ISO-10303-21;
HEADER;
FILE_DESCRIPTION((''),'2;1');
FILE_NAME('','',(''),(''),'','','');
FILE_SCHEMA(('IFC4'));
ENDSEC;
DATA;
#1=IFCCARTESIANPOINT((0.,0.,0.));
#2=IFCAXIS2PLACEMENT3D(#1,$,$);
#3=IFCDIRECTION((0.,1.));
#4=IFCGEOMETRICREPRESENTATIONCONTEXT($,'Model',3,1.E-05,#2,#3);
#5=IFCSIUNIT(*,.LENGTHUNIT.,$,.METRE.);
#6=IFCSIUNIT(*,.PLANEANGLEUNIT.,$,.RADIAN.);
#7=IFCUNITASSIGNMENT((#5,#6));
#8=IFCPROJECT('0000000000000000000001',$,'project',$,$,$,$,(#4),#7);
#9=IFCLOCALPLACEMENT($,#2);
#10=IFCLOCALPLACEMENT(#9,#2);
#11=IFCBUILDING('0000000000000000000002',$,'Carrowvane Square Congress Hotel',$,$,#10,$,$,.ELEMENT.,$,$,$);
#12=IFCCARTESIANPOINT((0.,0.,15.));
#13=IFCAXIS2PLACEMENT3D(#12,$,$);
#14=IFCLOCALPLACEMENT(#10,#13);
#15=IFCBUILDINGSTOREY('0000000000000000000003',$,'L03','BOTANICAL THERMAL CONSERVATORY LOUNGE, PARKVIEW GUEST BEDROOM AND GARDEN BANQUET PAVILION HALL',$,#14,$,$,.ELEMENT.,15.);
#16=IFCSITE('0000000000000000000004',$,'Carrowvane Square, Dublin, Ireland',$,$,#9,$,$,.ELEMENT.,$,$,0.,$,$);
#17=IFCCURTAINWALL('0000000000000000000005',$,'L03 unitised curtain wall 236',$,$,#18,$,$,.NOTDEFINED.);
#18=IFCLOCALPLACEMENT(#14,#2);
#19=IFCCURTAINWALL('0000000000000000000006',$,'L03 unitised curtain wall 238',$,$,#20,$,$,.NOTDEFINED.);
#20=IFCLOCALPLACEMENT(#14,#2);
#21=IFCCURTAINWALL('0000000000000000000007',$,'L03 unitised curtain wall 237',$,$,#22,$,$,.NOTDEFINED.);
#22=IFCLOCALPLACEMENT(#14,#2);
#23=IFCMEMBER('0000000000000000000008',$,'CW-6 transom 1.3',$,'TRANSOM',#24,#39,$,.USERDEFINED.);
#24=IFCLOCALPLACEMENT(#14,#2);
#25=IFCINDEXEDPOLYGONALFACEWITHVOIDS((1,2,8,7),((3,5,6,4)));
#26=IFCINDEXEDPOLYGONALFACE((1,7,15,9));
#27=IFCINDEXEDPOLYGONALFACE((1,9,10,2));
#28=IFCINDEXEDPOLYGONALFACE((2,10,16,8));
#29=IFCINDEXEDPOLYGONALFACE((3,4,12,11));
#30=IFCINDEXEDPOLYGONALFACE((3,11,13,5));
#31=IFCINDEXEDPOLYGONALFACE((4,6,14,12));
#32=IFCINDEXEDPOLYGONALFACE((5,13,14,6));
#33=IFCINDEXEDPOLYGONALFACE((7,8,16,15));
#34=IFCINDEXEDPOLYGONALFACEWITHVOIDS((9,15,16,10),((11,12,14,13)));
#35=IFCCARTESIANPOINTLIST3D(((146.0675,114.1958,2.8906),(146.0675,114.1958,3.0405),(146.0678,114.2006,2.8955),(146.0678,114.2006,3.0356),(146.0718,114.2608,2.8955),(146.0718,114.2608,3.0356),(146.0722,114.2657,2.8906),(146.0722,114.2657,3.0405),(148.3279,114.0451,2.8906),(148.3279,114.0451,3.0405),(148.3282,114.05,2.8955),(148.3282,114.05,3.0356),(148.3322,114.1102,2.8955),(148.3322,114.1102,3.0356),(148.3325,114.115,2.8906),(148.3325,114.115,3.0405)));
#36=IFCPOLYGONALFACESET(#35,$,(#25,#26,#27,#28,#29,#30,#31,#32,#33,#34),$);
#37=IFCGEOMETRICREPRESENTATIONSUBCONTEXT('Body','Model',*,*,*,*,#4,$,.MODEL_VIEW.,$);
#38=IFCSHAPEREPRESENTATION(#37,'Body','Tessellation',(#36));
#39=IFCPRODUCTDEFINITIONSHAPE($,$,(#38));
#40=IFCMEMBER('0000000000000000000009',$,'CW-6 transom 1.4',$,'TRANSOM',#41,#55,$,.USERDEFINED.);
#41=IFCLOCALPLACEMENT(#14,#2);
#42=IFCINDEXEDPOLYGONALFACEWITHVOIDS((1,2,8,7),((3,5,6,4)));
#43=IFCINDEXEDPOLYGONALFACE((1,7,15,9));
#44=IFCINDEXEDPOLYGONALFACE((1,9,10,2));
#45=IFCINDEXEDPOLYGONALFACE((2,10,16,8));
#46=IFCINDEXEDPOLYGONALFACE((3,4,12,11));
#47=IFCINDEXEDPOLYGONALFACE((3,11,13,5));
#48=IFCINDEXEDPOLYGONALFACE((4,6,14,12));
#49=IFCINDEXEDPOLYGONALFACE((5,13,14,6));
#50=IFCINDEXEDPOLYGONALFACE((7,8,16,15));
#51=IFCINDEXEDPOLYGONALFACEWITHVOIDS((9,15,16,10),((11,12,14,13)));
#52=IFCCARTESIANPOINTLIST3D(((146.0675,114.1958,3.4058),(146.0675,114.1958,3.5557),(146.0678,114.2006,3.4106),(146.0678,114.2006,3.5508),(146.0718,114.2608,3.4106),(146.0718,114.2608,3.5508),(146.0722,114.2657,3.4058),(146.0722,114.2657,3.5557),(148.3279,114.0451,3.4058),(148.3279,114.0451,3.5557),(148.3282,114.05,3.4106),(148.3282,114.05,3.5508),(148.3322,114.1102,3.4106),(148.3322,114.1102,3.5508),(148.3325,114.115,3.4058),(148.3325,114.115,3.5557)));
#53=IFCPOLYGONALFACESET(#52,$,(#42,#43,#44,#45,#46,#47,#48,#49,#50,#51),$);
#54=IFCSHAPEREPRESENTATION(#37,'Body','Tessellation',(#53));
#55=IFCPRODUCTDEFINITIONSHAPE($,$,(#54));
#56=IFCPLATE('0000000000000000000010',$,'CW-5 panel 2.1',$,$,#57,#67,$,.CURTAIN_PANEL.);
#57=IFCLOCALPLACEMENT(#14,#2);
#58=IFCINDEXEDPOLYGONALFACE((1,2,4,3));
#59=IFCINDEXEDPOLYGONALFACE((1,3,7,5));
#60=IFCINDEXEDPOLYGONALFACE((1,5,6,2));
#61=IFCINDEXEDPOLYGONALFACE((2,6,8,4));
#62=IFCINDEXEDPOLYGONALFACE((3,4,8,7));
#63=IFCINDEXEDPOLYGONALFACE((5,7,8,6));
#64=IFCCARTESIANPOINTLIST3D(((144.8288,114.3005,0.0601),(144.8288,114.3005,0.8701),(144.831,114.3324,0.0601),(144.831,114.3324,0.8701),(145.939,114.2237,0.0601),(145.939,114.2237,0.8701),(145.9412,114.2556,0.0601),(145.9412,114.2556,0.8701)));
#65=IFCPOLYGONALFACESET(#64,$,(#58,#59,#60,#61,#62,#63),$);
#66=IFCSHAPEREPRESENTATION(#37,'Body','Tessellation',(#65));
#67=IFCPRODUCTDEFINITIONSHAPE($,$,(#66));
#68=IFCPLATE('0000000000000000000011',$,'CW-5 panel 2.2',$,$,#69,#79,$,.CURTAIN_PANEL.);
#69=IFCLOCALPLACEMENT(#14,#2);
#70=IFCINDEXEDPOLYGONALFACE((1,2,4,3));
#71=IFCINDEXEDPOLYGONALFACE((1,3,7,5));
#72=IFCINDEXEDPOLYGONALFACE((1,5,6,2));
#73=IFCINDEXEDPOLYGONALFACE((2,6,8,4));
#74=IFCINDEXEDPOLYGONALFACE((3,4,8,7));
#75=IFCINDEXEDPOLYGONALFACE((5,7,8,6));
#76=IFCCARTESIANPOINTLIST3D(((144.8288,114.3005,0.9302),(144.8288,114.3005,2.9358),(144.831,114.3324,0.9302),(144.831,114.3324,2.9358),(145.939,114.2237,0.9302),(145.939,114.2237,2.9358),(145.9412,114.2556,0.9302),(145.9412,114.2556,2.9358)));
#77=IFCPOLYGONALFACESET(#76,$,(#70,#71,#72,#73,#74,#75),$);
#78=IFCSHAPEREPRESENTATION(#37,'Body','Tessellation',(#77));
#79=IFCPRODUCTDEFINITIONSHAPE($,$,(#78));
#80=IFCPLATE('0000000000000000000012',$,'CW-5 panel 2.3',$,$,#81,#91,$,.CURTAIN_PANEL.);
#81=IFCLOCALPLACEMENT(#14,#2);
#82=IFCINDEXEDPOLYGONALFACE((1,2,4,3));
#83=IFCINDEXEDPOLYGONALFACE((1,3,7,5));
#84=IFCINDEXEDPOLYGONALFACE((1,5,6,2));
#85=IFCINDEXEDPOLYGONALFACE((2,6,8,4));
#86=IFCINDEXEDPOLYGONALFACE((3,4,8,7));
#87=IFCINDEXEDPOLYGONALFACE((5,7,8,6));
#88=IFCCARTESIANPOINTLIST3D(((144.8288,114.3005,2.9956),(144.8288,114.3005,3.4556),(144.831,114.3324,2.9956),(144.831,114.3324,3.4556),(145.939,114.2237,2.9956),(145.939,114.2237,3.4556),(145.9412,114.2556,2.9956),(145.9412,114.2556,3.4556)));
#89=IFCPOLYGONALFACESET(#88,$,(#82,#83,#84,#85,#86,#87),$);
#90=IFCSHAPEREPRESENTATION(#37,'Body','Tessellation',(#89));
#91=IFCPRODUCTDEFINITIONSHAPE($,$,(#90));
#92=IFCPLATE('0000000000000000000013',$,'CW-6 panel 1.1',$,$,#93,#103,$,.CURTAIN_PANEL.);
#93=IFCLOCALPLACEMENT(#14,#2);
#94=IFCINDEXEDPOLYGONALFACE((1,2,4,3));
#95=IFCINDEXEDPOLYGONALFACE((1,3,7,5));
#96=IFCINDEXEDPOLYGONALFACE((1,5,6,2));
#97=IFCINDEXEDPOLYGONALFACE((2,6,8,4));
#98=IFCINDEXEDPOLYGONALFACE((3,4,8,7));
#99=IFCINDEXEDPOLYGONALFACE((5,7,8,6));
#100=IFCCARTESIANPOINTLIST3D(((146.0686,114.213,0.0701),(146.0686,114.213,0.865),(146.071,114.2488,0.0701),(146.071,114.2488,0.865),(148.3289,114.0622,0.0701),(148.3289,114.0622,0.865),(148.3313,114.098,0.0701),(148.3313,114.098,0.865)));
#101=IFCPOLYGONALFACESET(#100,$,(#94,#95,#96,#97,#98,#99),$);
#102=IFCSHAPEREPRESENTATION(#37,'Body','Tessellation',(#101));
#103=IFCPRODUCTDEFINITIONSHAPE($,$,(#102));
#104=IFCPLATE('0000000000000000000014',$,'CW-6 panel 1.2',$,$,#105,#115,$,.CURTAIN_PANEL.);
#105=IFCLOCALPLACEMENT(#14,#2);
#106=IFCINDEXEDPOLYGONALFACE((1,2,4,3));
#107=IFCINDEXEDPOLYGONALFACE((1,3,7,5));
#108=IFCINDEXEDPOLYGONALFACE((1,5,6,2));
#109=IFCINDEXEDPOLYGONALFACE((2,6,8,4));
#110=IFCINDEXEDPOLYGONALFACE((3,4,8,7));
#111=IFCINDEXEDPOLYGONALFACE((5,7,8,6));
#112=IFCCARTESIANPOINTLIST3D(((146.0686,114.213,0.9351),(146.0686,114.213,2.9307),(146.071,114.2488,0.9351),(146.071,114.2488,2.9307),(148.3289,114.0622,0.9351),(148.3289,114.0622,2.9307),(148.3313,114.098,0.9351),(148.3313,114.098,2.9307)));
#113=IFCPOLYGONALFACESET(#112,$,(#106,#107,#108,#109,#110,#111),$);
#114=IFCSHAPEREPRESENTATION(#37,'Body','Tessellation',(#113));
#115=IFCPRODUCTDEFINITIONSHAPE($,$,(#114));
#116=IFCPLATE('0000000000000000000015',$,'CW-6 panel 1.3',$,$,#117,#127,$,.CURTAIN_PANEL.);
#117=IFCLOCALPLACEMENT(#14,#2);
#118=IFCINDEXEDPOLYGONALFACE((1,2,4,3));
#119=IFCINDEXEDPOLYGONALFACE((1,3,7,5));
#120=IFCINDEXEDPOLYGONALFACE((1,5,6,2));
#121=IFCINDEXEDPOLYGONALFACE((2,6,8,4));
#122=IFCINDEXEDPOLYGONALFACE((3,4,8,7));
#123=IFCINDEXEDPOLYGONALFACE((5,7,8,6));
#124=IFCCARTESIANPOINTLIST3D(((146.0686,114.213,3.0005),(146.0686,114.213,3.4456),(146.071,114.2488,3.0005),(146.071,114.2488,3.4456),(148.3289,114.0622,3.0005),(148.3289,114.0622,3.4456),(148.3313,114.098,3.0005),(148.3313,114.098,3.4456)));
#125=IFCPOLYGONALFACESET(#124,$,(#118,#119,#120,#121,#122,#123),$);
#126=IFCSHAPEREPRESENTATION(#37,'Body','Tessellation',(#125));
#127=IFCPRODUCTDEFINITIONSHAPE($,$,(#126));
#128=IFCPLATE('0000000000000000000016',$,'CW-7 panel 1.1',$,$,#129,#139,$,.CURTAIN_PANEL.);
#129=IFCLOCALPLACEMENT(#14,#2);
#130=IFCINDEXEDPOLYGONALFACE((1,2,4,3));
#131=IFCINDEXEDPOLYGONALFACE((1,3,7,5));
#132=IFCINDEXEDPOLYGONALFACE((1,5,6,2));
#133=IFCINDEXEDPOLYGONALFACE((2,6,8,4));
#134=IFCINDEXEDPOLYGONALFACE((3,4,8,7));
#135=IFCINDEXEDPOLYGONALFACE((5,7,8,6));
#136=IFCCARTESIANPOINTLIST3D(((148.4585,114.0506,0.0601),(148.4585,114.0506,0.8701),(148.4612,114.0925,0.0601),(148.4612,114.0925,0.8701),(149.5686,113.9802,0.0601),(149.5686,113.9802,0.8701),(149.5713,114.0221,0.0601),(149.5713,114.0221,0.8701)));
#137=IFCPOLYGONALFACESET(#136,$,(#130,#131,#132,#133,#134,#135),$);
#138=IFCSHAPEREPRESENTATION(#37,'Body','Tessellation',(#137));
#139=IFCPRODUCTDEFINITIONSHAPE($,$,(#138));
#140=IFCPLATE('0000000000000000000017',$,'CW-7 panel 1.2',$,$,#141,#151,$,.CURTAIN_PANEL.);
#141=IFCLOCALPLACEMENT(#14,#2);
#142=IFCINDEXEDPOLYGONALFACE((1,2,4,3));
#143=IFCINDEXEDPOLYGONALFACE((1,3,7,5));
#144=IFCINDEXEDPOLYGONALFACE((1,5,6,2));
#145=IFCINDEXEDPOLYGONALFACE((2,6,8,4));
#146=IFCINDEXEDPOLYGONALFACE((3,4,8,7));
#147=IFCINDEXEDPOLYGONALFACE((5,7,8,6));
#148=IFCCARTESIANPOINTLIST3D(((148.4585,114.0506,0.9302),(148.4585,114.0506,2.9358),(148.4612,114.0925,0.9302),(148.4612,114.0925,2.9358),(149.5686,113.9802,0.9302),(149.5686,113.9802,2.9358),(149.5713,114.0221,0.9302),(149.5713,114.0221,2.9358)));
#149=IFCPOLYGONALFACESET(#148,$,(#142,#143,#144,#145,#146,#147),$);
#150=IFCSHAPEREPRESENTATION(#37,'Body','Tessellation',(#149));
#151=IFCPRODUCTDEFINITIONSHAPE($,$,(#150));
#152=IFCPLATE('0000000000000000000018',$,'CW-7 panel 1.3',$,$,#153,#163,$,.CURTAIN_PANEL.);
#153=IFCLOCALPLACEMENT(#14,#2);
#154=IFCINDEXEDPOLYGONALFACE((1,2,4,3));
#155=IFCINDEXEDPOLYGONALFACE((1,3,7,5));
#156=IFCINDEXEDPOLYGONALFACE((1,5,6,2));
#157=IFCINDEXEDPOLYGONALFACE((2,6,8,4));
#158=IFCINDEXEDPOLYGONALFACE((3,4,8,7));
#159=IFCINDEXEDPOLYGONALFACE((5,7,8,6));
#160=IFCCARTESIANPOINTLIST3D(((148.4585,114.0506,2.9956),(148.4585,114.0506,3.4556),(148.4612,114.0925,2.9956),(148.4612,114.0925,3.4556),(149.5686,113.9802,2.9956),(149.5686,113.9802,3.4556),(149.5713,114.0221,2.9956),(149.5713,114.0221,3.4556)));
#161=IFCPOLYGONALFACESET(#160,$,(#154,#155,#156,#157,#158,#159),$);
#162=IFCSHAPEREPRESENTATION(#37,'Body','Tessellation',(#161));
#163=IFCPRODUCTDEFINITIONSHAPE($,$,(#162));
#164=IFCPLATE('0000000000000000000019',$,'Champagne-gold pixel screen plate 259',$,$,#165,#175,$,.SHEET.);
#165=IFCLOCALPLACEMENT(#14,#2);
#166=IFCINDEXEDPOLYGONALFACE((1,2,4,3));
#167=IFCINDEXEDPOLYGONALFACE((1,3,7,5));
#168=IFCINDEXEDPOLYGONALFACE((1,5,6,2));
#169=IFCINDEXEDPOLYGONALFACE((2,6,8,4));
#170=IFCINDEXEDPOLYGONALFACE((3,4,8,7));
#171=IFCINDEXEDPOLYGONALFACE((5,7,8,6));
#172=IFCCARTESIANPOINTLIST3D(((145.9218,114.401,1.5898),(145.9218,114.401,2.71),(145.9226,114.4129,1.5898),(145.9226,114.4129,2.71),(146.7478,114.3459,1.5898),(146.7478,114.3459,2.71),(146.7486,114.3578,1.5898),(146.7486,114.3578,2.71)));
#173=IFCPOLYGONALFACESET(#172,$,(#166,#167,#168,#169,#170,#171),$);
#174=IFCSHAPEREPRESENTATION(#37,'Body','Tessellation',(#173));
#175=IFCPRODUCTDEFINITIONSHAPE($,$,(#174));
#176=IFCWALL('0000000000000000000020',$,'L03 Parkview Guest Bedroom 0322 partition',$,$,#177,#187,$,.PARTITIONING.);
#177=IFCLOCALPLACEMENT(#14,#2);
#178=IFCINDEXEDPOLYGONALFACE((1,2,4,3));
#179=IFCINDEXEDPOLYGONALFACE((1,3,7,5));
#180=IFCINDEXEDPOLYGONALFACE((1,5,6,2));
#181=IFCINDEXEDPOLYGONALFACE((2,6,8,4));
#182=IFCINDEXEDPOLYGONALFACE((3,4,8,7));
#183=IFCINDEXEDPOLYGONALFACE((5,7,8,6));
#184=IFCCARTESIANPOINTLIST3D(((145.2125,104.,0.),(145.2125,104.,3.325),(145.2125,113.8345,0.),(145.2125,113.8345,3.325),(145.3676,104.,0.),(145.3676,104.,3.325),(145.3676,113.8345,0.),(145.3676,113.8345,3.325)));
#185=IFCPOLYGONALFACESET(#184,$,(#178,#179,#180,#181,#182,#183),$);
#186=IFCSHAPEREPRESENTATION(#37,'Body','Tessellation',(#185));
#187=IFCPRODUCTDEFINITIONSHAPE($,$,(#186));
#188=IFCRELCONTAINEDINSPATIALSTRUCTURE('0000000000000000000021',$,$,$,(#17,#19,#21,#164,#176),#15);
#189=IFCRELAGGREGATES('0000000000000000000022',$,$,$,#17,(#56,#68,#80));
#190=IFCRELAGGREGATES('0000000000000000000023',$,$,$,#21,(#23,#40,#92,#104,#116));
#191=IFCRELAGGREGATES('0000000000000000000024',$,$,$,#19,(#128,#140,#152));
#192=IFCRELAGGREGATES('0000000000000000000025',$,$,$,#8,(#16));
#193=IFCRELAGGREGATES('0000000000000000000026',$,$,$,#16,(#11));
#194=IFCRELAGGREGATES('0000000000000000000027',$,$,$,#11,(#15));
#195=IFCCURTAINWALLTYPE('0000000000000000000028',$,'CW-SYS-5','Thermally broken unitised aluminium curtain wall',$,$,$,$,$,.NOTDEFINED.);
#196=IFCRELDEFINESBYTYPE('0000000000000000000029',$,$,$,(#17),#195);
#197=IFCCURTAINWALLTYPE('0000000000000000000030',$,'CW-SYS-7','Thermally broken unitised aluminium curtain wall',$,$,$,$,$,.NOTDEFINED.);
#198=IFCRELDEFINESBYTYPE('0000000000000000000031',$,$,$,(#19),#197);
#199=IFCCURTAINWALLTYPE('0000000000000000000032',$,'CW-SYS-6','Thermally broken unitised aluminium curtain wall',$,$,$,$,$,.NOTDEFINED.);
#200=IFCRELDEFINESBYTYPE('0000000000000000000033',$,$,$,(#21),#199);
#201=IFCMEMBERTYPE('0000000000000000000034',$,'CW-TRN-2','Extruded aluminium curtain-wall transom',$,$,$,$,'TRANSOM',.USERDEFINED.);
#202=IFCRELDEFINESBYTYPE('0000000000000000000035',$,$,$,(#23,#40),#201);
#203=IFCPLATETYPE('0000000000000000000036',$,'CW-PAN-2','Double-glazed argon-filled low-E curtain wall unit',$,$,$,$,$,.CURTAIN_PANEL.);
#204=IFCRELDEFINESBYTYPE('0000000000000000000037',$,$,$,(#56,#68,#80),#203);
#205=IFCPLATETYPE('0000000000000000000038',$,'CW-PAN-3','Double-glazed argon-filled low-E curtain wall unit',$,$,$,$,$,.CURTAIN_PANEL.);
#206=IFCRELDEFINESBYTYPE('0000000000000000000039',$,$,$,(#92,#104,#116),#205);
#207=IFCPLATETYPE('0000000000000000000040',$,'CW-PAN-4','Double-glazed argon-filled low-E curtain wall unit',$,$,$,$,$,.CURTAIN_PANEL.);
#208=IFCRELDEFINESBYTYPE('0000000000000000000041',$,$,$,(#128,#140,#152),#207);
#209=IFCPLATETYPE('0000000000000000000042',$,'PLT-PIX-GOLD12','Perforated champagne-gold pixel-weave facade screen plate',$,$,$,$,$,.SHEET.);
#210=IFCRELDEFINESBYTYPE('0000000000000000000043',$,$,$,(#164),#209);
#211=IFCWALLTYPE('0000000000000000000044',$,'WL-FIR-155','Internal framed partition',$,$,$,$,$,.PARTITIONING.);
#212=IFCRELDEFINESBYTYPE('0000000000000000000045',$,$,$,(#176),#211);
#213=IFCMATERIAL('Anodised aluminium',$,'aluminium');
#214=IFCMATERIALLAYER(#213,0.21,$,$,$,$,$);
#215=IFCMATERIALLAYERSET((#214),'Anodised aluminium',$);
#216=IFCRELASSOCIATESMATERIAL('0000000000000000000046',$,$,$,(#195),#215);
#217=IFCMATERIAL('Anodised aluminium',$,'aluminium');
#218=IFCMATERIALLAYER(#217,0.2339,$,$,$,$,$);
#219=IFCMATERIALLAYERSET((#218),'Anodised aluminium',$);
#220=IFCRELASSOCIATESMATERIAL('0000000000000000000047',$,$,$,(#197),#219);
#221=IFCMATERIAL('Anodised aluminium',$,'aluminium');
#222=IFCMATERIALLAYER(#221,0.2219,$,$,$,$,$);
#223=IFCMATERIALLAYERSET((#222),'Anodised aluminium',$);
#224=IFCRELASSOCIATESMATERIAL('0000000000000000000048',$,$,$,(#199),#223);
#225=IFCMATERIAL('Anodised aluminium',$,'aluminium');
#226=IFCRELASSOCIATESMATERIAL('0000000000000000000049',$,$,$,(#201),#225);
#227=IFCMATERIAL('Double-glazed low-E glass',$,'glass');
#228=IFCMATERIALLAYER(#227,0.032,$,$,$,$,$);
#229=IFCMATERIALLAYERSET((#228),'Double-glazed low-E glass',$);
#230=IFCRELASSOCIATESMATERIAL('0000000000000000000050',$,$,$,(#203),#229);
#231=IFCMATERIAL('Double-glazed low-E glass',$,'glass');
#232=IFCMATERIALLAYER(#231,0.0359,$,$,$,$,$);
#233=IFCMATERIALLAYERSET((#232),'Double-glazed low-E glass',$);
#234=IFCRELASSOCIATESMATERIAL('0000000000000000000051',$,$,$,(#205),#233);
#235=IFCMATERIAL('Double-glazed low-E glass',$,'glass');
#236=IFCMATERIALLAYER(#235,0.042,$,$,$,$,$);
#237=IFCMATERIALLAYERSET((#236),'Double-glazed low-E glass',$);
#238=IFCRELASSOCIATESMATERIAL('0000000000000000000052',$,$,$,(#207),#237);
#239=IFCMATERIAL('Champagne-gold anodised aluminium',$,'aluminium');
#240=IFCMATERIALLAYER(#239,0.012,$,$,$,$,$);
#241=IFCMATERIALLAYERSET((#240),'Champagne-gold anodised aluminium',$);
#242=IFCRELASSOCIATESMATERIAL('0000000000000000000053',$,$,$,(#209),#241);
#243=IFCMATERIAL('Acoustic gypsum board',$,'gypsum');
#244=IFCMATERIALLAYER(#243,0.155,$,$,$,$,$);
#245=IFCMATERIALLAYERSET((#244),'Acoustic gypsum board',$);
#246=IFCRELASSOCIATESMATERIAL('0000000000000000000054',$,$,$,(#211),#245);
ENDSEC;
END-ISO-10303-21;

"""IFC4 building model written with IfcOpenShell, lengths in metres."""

from ifc_helpers import new_model, si_unit, direction, frame, frame_2d, origin, origin_2d, place, context, subcontext, project, spatial, rectangle, hollow_rectangle, extrude, material, layer, layer_set, material_profile, profile_set, type_object, element, aggregate, save


model = new_model("IFC4")

# Units and contexts
model_context = context("Model", 3, precision=1e-05, world=origin(), true_north=direction((0.0, 1.0)))
body_context = subcontext(model_context, "Body", "Model", "MODEL_VIEW")
ifc_project = project(units=[si_unit("LENGTHUNIT", "METRE"), si_unit("PLANEANGLEUNIT", "RADIAN")], contexts=[model_context])

# Site, building, storey
site_placement = place(None, origin())
site = spatial("IfcSite", under=ifc_project, at=site_placement, Name="Carrowvane Square, Dublin, Ireland", CompositionType="ELEMENT", RefElevation=0.0)
building_placement = place(site_placement, origin())
building = spatial("IfcBuilding", under=site, at=building_placement, Name="Carrowvane Square Congress Hotel", CompositionType="ELEMENT")
storey_placement = place(building_placement, frame((0.0, 0.0, 15.0)))
storey = spatial("IfcBuildingStorey", under=building, at=storey_placement, Name="L03", Description="BOTANICAL THERMAL CONSERVATORY LOUNGE, PARKVIEW GUEST BEDROOM AND GARDEN BANQUET PAVILION HALL", CompositionType="ELEMENT", Elevation=15.0)

# Curtain walls
ifc_material_1 = material(Name="Anodised aluminium", Category="aluminium")
ifc_layer_1 = layer(ifc_material_1, 0.21)
ifc_layer_set_1 = layer_set([ifc_layer_1], Name="Anodised aluminium")
curtain_wall_type_1 = type_object("IfcCurtainWallType", Name="CW-SYS-5", Description="Thermally broken unitised aluminium curtain wall", PredefinedType="NOTDEFINED", material=ifc_layer_set_1)
curtain_wall_1_placement = place(storey_placement, origin())
curtain_wall_1 = element("IfcCurtainWall", 1, at=curtain_wall_1_placement, inside=storey, type_object=curtain_wall_type_1, Name="L03 unitised curtain wall 236", PredefinedType="NOTDEFINED")
ifc_material_2 = material(Name="Anodised aluminium", Category="aluminium")
ifc_layer_2 = layer(ifc_material_2, 0.2339)
ifc_layer_set_2 = layer_set([ifc_layer_2], Name="Anodised aluminium")
curtain_wall_type_2 = type_object("IfcCurtainWallType", Name="CW-SYS-7", Description="Thermally broken unitised aluminium curtain wall", PredefinedType="NOTDEFINED", material=ifc_layer_set_2)
curtain_wall_2_placement = place(storey_placement, origin())
curtain_wall_2 = element("IfcCurtainWall", 2, at=curtain_wall_2_placement, inside=storey, type_object=curtain_wall_type_2, Name="L03 unitised curtain wall 238", PredefinedType="NOTDEFINED")

# Curtain wall
ifc_material_3 = material(Name="Anodised aluminium", Category="aluminium")
ifc_layer_3 = layer(ifc_material_3, 0.2219)
ifc_layer_set_3 = layer_set([ifc_layer_3], Name="Anodised aluminium")
curtain_wall_type_3 = type_object("IfcCurtainWallType", Name="CW-SYS-6", Description="Thermally broken unitised aluminium curtain wall", PredefinedType="NOTDEFINED", material=ifc_layer_set_3)
curtain_wall_3_placement = place(storey_placement, origin())
curtain_wall_3 = element("IfcCurtainWall", 3, at=curtain_wall_3_placement, inside=storey, type_object=curtain_wall_type_3, Name="L03 unitised curtain wall 237", PredefinedType="NOTDEFINED")

# Members
ifc_material_4 = material(Name="Anodised aluminium", Category="aluminium")
ifc_material_profile_1 = material_profile(ifc_material_4, hollow_rectangle(XDim=0.0701, YDim=0.1499, WallThickness=0.0049, at=origin_2d()), Name="CW-TR 70x150x5")
ifc_profile_set_1 = profile_set([ifc_material_profile_1], Name="Anodised aluminium")
member_type_1 = type_object("IfcMemberType", Name="CW-TRN-2", Description="Extruded aluminium curtain-wall transom", ElementType="TRANSOM", PredefinedType="USERDEFINED", material=ifc_profile_set_1)
member_1_placement = place(storey_placement, frame((146.0698, 114.2307, 2.9656), z_axis=(0.997787, -0.066498, 0.0), x_axis=(0.066498, 0.997787, 0.0)))
member_1 = element("IfcMember", 4, at=member_1_placement, type_object=member_type_1, Name="CW-6 transom 1.3", ObjectType="TRANSOM", PredefinedType="USERDEFINED", context=body_context, shape_type="SweptSolid", body=[
    extrude(hollow_rectangle(XDim=0.0701, YDim=0.1499, WallThickness=0.0049, at=origin_2d()), origin(), (0.0, 0.0, 1.0), 2.2654),
])
member_2_placement = place(storey_placement, frame((146.0698, 114.2307, 3.4807), z_axis=(0.997787, -0.066498, 0.0), x_axis=(0.066498, 0.997787, 0.0)))
member_2 = element("IfcMember", 5, at=member_2_placement, type_object=member_type_1, Name="CW-6 transom 1.4", ObjectType="TRANSOM", PredefinedType="USERDEFINED", context=body_context, shape_type="SweptSolid", body=[
    extrude(hollow_rectangle(XDim=0.0701, YDim=0.1499, WallThickness=0.0049, at=origin_2d()), origin(), (0.0, 0.0, 1.0), 2.2654),
])

# Plates
ifc_material_5 = material(Name="Double-glazed low-E glass", Category="glass")
ifc_layer_4 = layer(ifc_material_5, 0.032)
ifc_layer_set_4 = layer_set([ifc_layer_4], Name="Double-glazed low-E glass")
plate_type_1 = type_object("IfcPlateType", Name="CW-PAN-2", Description="Double-glazed argon-filled low-E curtain wall unit", PredefinedType="CURTAIN_PANEL", material=ifc_layer_set_4)
plate_1_placement = place(storey_placement, frame((145.385, 114.2781, 0.0601), z_axis=(0.0, 0.0, 1.0), x_axis=(0.997618, -0.068986, 0.0)))
plate_1 = element("IfcPlate", 6, at=plate_1_placement, type_object=plate_type_1, Name="CW-5 panel 2.1", PredefinedType="CURTAIN_PANEL", context=body_context, shape_type="SweptSolid", body=[
    extrude(rectangle(XDim=1.1128, YDim=0.032, at=origin_2d()), origin(), (0.0, 0.0, 1.0), 0.8101),
])
plate_2_placement = place(storey_placement, frame((145.385, 114.2781, 0.9302), z_axis=(0.0, 0.0, 1.0), x_axis=(0.997618, -0.068986, 0.0)))
plate_2 = element("IfcPlate", 7, at=plate_2_placement, type_object=plate_type_1, Name="CW-5 panel 2.2", PredefinedType="CURTAIN_PANEL", context=body_context, shape_type="SweptSolid", body=[
    extrude(rectangle(XDim=1.1128, YDim=0.032, at=origin_2d()), origin(), (0.0, 0.0, 1.0), 2.0056),
])
plate_3_placement = place(storey_placement, frame((145.385, 114.2781, 2.9956), z_axis=(0.0, 0.0, 1.0), x_axis=(0.997618, -0.068986, 0.0)))
plate_3 = element("IfcPlate", 8, at=plate_3_placement, type_object=plate_type_1, Name="CW-5 panel 2.3", PredefinedType="CURTAIN_PANEL", context=body_context, shape_type="SweptSolid", body=[
    extrude(rectangle(XDim=1.1128, YDim=0.032, at=origin_2d()), origin(), (0.0, 0.0, 1.0), 0.46),
])
aggregate(curtain_wall_1, [plate_1, plate_2, plate_3])
ifc_material_6 = material(Name="Double-glazed low-E glass", Category="glass")
ifc_layer_5 = layer(ifc_material_6, 0.0359)
ifc_layer_set_5 = layer_set([ifc_layer_5], Name="Double-glazed low-E glass")
plate_type_2 = type_object("IfcPlateType", Name="CW-PAN-3", Description="Double-glazed argon-filled low-E curtain wall unit", PredefinedType="CURTAIN_PANEL", material=ifc_layer_set_5)
plate_4_placement = place(storey_placement, frame((147.2, 114.1555, 0.0701), z_axis=(0.0, 0.0, 1.0), x_axis=(0.997781, -0.066574, 0.0)))
plate_4 = element("IfcPlate", 9, at=plate_4_placement, type_object=plate_type_2, Name="CW-6 panel 1.1", PredefinedType="CURTAIN_PANEL", context=body_context, shape_type="SweptSolid", body=[
    extrude(rectangle(XDim=2.2654, YDim=0.0359, at=origin_2d()), origin(), (0.0, 0.0, 1.0), 0.7949),
])
plate_5_placement = place(storey_placement, frame((147.2, 114.1555, 0.9351), z_axis=(0.0, 0.0, 1.0), x_axis=(0.997781, -0.066574, 0.0)))
plate_5 = element("IfcPlate", 10, at=plate_5_placement, type_object=plate_type_2, Name="CW-6 panel 1.2", PredefinedType="CURTAIN_PANEL", context=body_context, shape_type="SweptSolid", body=[
    extrude(rectangle(XDim=2.2654, YDim=0.0359, at=origin_2d()), origin(), (0.0, 0.0, 1.0), 1.9956),
])
plate_6_placement = place(storey_placement, frame((147.2, 114.1555, 3.0005), z_axis=(0.0, 0.0, 1.0), x_axis=(0.997781, -0.066574, 0.0)))
plate_6 = element("IfcPlate", 11, at=plate_6_placement, type_object=plate_type_2, Name="CW-6 panel 1.3", PredefinedType="CURTAIN_PANEL", context=body_context, shape_type="SweptSolid", body=[
    extrude(rectangle(XDim=2.2654, YDim=0.0359, at=origin_2d()), origin(), (0.0, 0.0, 1.0), 0.4451),
])
aggregate(curtain_wall_3, [member_1, member_2, plate_4, plate_5, plate_6])
ifc_material_7 = material(Name="Double-glazed low-E glass", Category="glass")
ifc_layer_6 = layer(ifc_material_7, 0.042)
ifc_layer_set_6 = layer_set([ifc_layer_6], Name="Double-glazed low-E glass")
plate_type_3 = type_object("IfcPlateType", Name="CW-PAN-4", Description="Double-glazed argon-filled low-E curtain wall unit", PredefinedType="CURTAIN_PANEL", material=ifc_layer_set_6)
plate_7_placement = place(storey_placement, frame((149.0149, 114.0364, 0.0601), z_axis=(0.0, 0.0, 1.0), x_axis=(0.997996, -0.063273, 0.0)))
plate_7 = element("IfcPlate", 12, at=plate_7_placement, type_object=plate_type_3, Name="CW-7 panel 1.1", PredefinedType="CURTAIN_PANEL", context=body_context, shape_type="SweptSolid", body=[
    extrude(rectangle(XDim=1.1123, YDim=0.042, at=origin_2d()), origin(), (0.0, 0.0, 1.0), 0.8101),
])
plate_8_placement = place(storey_placement, frame((149.0149, 114.0364, 0.9302), z_axis=(0.0, 0.0, 1.0), x_axis=(0.997996, -0.063273, 0.0)))
plate_8 = element("IfcPlate", 13, at=plate_8_placement, type_object=plate_type_3, Name="CW-7 panel 1.2", PredefinedType="CURTAIN_PANEL", context=body_context, shape_type="SweptSolid", body=[
    extrude(rectangle(XDim=1.1123, YDim=0.042, at=origin_2d()), origin(), (0.0, 0.0, 1.0), 2.0056),
])
plate_9_placement = place(storey_placement, frame((149.0149, 114.0364, 2.9956), z_axis=(0.0, 0.0, 1.0), x_axis=(0.997996, -0.063273, 0.0)))
plate_9 = element("IfcPlate", 14, at=plate_9_placement, type_object=plate_type_3, Name="CW-7 panel 1.3", PredefinedType="CURTAIN_PANEL", context=body_context, shape_type="SweptSolid", body=[
    extrude(rectangle(XDim=1.1123, YDim=0.042, at=origin_2d()), origin(), (0.0, 0.0, 1.0), 0.46),
])
aggregate(curtain_wall_2, [plate_7, plate_8, plate_9])
ifc_material_8 = material(Name="Champagne-gold anodised aluminium", Category="aluminium")
ifc_layer_7 = layer(ifc_material_8, 0.012)
ifc_layer_set_7 = layer_set([ifc_layer_7], Name="Champagne-gold anodised aluminium")
plate_type_4 = type_object("IfcPlateType", Name="PLT-PIX-GOLD12", Description="Perforated champagne-gold pixel-weave facade screen plate", PredefinedType="SHEET", material=ifc_layer_set_7)
plate_10_placement = place(storey_placement, frame((146.3352, 114.3794, 1.5898), z_axis=(0.0, 0.0, 1.0), x_axis=(0.997781, -0.066574, 0.0)))
element("IfcPlate", 15, at=plate_10_placement, inside=storey, type_object=plate_type_4, Name="Champagne-gold pixel screen plate 259", PredefinedType="SHEET", context=body_context, shape_type="SweptSolid", body=[
    extrude(rectangle(XDim=0.8279, YDim=0.012, at=origin_2d()), origin(), (0.0, 0.0, 1.0), 1.1201),
])

# Wall
ifc_material_9 = material(Name="Acoustic gypsum board", Category="gypsum")
ifc_layer_8 = layer(ifc_material_9, 0.155)
ifc_layer_set_8 = layer_set([ifc_layer_8], Name="Acoustic gypsum board")
wall_type = type_object("IfcWallType", Name="WL-FIR-155", Description="Internal framed partition", PredefinedType="PARTITIONING", material=ifc_layer_set_8)
wall_1_placement = place(storey_placement, frame((145.29, 113.8345, 0.0), z_axis=(0.0, 0.0, 1.0), x_axis=(0.0, -1.0, 0.0)))
element("IfcWall", 16, at=wall_1_placement, inside=storey, type_object=wall_type, Name="L03 Parkview Guest Bedroom 0322 partition", PredefinedType="PARTITIONING", context=body_context, shape_type="SweptSolid", body=[
    extrude(rectangle(XDim=9.8345, YDim=0.155, at=frame_2d((4.9172, 0.0))), origin(), (0.0, 0.0, 1.0), 3.325),
])

save(model, "model.ifc")
